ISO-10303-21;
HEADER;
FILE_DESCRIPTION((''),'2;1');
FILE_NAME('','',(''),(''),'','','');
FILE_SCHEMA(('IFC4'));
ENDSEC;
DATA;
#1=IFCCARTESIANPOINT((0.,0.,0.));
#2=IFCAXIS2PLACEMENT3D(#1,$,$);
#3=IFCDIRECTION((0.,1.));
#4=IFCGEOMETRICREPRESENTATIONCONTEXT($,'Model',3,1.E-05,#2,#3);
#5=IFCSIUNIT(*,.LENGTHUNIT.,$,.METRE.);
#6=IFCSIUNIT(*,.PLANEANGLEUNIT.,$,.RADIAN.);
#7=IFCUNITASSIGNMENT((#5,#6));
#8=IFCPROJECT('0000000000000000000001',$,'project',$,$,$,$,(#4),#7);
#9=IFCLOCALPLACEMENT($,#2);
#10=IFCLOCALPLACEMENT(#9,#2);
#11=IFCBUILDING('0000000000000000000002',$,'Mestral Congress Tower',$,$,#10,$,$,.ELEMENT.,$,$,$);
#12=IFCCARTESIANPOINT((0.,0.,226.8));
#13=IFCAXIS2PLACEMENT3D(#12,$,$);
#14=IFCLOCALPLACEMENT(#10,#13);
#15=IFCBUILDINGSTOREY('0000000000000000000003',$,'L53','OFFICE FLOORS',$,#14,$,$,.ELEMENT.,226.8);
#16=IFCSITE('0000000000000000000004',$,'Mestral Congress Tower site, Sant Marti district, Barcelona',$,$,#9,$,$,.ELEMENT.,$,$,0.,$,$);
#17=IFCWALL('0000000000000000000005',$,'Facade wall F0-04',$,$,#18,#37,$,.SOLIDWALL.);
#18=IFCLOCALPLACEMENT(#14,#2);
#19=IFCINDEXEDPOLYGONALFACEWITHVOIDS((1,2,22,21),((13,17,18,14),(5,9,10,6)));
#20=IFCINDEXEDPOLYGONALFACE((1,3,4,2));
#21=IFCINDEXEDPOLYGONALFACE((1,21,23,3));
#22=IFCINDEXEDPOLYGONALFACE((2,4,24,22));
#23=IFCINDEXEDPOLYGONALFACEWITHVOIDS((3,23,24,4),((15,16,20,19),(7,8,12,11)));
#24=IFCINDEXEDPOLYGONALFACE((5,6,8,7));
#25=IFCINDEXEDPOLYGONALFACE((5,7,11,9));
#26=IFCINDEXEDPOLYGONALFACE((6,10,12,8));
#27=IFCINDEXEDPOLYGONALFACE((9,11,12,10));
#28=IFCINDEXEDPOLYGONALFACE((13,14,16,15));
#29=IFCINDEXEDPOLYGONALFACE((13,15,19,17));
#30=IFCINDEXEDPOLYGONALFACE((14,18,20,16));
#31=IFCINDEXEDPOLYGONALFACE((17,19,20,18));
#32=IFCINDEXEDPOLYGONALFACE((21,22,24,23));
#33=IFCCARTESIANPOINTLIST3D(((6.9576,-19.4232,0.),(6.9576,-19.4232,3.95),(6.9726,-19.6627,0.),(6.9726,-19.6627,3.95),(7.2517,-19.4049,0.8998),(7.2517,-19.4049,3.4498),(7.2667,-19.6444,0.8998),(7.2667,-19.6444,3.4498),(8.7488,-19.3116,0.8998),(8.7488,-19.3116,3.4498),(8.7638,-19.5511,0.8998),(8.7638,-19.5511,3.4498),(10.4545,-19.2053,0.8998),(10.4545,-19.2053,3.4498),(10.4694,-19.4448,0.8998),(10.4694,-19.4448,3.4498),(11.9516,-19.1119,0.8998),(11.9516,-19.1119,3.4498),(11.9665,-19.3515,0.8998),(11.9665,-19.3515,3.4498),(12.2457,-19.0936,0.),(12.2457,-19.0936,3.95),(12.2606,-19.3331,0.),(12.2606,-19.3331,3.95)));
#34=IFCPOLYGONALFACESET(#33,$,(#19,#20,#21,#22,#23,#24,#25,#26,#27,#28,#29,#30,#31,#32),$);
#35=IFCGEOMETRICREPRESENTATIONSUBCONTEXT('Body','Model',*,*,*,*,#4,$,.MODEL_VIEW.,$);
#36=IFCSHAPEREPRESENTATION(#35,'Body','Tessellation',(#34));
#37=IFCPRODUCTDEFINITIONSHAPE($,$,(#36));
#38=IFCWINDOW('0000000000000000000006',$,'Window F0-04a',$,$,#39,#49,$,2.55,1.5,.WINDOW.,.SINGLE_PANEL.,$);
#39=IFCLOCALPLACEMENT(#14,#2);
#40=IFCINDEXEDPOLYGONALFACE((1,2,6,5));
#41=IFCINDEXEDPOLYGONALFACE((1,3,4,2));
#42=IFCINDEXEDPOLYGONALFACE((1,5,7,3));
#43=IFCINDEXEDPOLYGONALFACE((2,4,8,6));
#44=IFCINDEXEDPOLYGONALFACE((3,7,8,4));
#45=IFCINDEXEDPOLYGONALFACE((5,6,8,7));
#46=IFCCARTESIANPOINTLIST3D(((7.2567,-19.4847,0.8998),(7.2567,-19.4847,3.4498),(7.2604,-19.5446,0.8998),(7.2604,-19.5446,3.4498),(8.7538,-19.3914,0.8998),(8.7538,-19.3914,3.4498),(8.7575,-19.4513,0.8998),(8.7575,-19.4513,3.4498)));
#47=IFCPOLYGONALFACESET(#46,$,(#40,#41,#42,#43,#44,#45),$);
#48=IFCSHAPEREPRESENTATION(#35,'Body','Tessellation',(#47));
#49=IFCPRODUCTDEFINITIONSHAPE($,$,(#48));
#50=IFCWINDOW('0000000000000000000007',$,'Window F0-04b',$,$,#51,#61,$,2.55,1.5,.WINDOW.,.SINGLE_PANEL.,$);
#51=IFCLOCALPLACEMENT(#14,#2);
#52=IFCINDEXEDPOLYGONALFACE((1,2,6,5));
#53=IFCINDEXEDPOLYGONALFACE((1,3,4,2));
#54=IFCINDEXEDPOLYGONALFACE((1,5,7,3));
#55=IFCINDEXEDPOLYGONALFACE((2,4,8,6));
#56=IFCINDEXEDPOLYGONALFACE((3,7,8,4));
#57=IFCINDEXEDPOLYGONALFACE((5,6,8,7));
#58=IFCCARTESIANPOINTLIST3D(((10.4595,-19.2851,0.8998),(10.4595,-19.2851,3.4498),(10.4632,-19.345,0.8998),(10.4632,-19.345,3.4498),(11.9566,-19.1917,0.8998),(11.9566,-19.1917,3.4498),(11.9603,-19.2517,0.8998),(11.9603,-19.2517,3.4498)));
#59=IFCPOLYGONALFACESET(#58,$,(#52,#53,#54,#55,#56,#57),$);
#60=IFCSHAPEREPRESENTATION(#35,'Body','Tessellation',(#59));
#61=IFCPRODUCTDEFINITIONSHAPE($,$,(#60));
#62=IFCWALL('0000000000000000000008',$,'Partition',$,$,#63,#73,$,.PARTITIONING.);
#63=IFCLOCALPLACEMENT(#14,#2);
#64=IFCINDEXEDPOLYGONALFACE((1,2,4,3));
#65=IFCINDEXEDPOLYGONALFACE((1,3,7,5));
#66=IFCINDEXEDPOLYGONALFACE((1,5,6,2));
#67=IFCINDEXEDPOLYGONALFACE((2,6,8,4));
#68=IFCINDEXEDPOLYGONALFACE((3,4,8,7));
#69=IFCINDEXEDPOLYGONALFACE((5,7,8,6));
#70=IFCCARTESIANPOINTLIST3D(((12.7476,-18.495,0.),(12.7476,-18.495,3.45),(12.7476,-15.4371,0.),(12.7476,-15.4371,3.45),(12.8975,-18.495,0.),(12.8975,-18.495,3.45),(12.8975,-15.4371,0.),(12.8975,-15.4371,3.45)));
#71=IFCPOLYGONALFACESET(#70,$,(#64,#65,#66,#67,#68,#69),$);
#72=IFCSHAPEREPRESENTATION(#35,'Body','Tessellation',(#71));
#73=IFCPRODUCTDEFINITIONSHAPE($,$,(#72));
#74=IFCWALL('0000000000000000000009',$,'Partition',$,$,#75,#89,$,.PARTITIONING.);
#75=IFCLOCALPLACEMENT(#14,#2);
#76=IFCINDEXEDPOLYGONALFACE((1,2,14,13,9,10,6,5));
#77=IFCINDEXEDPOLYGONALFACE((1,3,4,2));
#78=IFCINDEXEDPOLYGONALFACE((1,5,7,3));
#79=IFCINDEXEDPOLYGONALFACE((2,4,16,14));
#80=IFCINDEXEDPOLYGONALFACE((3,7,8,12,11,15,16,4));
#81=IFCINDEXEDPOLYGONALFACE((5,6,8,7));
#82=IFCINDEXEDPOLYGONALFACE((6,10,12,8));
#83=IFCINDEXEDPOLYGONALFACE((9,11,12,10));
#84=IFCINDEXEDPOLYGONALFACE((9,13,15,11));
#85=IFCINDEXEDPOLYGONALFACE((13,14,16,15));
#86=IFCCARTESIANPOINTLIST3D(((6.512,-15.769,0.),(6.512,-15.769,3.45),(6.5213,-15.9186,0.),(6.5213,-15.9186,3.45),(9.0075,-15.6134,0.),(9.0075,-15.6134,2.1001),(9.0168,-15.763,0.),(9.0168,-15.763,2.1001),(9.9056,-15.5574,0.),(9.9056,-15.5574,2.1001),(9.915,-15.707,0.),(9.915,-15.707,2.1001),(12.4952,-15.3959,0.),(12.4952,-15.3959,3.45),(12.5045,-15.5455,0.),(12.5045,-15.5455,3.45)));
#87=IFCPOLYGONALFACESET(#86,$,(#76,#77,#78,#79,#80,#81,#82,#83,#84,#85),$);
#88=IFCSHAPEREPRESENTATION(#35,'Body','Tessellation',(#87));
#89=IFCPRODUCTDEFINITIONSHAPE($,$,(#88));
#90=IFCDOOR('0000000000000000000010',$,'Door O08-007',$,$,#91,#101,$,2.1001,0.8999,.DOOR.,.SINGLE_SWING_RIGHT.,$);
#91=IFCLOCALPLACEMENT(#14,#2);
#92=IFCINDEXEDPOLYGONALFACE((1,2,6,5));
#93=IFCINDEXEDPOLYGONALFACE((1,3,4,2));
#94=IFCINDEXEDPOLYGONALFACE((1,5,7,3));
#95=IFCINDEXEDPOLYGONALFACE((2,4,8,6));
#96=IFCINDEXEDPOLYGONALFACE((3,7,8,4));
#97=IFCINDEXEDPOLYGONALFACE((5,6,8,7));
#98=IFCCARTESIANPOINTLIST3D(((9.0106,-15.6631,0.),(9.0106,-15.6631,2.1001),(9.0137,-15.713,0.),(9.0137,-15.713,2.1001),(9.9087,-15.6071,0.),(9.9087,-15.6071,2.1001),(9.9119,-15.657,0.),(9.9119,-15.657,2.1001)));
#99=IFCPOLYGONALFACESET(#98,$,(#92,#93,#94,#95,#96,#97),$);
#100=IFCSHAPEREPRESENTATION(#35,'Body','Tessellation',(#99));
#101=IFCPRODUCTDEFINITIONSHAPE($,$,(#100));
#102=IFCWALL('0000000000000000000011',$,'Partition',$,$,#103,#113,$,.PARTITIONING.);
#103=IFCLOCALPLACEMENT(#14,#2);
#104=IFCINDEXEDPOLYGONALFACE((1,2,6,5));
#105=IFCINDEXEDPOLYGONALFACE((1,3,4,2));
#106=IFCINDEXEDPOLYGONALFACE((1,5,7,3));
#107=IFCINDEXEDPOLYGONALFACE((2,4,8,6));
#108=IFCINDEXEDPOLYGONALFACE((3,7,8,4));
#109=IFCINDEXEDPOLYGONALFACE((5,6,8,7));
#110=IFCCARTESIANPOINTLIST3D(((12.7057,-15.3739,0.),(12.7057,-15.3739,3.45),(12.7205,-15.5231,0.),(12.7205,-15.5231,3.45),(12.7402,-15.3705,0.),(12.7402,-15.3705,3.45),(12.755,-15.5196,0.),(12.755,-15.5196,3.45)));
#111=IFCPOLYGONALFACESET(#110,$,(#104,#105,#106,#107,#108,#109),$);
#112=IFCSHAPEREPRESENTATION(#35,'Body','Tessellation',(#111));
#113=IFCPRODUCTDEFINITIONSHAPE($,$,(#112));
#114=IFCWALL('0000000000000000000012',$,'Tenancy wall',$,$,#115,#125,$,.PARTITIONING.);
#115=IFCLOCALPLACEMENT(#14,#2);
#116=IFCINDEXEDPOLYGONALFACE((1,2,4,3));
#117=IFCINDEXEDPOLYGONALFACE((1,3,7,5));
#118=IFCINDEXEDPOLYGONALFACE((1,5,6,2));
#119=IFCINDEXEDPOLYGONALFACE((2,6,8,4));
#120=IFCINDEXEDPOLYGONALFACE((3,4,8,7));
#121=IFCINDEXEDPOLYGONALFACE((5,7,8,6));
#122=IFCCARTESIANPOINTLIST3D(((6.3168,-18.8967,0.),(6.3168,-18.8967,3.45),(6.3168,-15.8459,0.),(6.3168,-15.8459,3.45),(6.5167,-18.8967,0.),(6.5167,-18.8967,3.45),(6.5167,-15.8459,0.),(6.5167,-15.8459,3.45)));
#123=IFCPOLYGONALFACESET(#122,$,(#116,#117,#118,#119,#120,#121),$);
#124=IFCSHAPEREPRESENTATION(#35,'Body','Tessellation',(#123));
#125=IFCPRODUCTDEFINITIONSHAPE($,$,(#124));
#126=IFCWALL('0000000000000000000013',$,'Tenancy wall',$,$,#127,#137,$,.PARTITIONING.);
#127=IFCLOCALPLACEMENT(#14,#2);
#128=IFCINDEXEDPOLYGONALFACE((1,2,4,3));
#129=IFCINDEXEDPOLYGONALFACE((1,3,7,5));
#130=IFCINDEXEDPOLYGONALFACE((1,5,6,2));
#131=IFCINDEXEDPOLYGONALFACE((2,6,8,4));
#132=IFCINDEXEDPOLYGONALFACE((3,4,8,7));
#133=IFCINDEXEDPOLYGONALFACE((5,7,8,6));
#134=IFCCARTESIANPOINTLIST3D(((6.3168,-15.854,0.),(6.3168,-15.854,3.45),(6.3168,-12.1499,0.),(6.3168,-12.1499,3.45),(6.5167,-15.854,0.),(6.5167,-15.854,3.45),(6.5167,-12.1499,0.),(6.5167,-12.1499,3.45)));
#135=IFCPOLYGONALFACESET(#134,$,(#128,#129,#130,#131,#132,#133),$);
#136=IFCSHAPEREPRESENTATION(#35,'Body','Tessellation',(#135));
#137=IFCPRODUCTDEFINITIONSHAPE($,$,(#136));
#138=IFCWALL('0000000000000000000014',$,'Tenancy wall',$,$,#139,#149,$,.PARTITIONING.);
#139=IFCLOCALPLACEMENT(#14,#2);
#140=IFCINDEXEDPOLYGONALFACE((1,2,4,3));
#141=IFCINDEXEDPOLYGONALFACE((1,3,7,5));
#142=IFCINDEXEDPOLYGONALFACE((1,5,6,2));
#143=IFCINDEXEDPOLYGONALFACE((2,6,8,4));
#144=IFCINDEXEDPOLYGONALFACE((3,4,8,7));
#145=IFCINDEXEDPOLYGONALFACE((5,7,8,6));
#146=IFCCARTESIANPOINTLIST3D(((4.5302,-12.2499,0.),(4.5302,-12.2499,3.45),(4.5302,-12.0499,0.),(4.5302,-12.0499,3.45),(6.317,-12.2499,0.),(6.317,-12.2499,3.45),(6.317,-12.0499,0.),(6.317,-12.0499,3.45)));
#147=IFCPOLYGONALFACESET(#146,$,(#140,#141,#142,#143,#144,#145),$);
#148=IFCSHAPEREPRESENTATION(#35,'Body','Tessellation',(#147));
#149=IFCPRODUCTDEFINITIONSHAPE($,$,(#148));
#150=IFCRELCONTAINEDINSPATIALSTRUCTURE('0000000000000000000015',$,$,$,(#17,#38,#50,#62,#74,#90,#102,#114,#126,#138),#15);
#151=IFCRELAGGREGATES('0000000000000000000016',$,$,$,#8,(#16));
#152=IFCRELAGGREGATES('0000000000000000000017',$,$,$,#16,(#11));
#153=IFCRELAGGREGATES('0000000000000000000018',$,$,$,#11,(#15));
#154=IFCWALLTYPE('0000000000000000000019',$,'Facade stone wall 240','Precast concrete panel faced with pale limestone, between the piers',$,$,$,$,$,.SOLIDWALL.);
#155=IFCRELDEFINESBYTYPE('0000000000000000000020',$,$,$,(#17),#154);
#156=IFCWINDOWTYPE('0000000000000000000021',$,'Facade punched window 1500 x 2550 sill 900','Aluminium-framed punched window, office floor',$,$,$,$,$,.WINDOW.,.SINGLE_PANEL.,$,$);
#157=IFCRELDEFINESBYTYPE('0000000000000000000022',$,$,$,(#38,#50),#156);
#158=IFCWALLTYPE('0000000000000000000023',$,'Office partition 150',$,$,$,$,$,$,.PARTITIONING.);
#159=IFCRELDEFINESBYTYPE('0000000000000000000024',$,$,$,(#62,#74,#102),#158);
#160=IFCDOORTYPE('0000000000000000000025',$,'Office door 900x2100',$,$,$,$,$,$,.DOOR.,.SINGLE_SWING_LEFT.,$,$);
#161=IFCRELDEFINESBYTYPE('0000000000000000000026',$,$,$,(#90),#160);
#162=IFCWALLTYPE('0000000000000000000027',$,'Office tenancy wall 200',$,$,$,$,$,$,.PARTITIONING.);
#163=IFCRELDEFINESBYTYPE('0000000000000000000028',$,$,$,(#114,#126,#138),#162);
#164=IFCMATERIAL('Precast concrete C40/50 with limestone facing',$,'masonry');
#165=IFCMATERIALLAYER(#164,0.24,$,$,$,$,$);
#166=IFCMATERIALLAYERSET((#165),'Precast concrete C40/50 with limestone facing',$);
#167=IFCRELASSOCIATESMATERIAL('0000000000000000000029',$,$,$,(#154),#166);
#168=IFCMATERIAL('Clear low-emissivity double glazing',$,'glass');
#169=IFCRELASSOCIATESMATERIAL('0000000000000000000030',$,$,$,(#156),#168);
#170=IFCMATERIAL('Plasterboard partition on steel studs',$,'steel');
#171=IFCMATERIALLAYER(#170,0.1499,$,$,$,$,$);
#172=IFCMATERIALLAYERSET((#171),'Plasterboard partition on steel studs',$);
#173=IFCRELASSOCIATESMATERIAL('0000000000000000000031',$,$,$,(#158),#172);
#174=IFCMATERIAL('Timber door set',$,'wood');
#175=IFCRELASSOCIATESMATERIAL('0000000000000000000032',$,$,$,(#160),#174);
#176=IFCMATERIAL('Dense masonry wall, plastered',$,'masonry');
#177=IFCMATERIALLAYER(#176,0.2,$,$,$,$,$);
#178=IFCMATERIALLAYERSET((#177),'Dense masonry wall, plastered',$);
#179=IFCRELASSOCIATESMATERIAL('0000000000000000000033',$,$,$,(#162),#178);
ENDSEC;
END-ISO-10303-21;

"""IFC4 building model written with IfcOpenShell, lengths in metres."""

from ifc_helpers import new_model, si_unit, direction, frame, frame_2d, origin, place, context, subcontext, project, spatial, rectangle, extrude, material, layer, layer_set, type_object, element, fill, save


model = new_model("IFC4")

# Units and contexts
model_context = context("Model", 3, precision=1e-05, world=origin(), true_north=direction((0.0, 1.0)))
body_context = subcontext(model_context, "Body", "Model", "MODEL_VIEW")
ifc_project = project(units=[si_unit("LENGTHUNIT", "METRE"), si_unit("PLANEANGLEUNIT", "RADIAN")], contexts=[model_context])

# Site, building, storey
site_placement = place(None, origin())
site = spatial("IfcSite", under=ifc_project, at=site_placement, Name="Mestral Congress Tower site, Sant Marti district, Barcelona", CompositionType="ELEMENT", RefElevation=0.0)
building_placement = place(site_placement, origin())
building = spatial("IfcBuilding", under=site, at=building_placement, Name="Mestral Congress Tower", CompositionType="ELEMENT")
storey_placement = place(building_placement, frame((0.0, 0.0, 226.8)))
storey = spatial("IfcBuildingStorey", under=building, at=storey_placement, Name="L53", Description="OFFICE FLOORS", CompositionType="ELEMENT", Elevation=226.8)

# Wall, openings, windows
ifc_material_1 = material(Name="Precast concrete C40/50 with limestone facing", Category="masonry")
ifc_layer_1 = layer(ifc_material_1, 0.24)
ifc_layer_set_1 = layer_set([ifc_layer_1], Name="Precast concrete C40/50 with limestone facing")
wall_type_1 = type_object("IfcWallType", Name="Facade stone wall 240", Description="Precast concrete panel faced with pale limestone, between the piers", PredefinedType="SOLIDWALL", material=ifc_layer_set_1)
ifc_material_2 = material(Name="Clear low-emissivity double glazing", Category="glass")
window_type = type_object("IfcWindowType", Name="Facade punched window 1500 x 2550 sill 900", Description="Aluminium-framed punched window, office floor", PartitioningType="SINGLE_PANEL", PredefinedType="WINDOW", material=ifc_material_2)
wall_1_placement = place(storey_placement, frame((6.9651, -19.543, 0.0), z_axis=(0.0, 0.0, 1.0), x_axis=(0.998063, 0.062206, 0.0)))
wall_1 = element("IfcWall", 1, at=wall_1_placement, inside=storey, type_object=wall_type_1, Name="Facade wall F0-04", PredefinedType="SOLIDWALL", context=body_context, shape_type="SweptSolid", body=[
    extrude(rectangle(XDim=5.2983, YDim=0.24, at=frame_2d((2.6492, 0.0))), origin(), (0.0, 0.0, 1.0), 3.95),
])
opening_1_placement = place(wall_1_placement, frame((0.2947, 0.0, 0.8999)))
opening_1 = element("IfcOpeningElement", 2, at=opening_1_placement, cuts=wall_1, PredefinedType="OPENING", context=body_context, shape_type="SweptSolid", body=[
    extrude(rectangle(XDim=1.5, YDim=2.55, at=frame_2d((0.75, 1.2749))), frame((0.0, 0.1299, 0.0), z_axis=(0.0, -1.0, 0.0), x_axis=(1.0, 0.0, 0.0)), (0.0, 0.0, 1.0), 0.26),
])
opening_2_placement = place(wall_1_placement, frame((3.5037, 0.0, 0.8999)))
opening_2 = element("IfcOpeningElement", 3, at=opening_2_placement, cuts=wall_1, PredefinedType="OPENING", context=body_context, shape_type="SweptSolid", body=[
    extrude(rectangle(XDim=1.5, YDim=2.55, at=frame_2d((0.75, 1.2749))), frame((0.0, 0.1299, 0.0), z_axis=(0.0, -1.0, 0.0), x_axis=(1.0, 0.0, 0.0)), (0.0, 0.0, 1.0), 0.26),
])
window_1_placement = place(opening_1_placement, origin())
window_1 = element("IfcWindow", 4, at=window_1_placement, inside=storey, type_object=window_type, Name="Window F0-04a", OverallHeight=2.55, OverallWidth=1.5, PartitioningType="SINGLE_PANEL", PredefinedType="WINDOW", context=body_context, shape_type="SweptSolid", body=[
    extrude(rectangle(XDim=1.5, YDim=2.55, at=frame_2d((0.75, 1.2749))), frame((0.0, 0.04, 0.0), z_axis=(0.0, -1.0, 0.0), x_axis=(1.0, 0.0, 0.0)), (0.0, 0.0, 1.0), 0.0601),
])
fill(opening_1, window_1)
window_2_placement = place(opening_2_placement, origin())
window_2 = element("IfcWindow", 5, at=window_2_placement, inside=storey, type_object=window_type, Name="Window F0-04b", OverallHeight=2.55, OverallWidth=1.5, PartitioningType="SINGLE_PANEL", PredefinedType="WINDOW", context=body_context, shape_type="SweptSolid", body=[
    extrude(rectangle(XDim=1.5, YDim=2.55, at=frame_2d((0.75, 1.2749))), frame((0.0, 0.04, 0.0), z_axis=(0.0, -1.0, 0.0), x_axis=(1.0, 0.0, 0.0)), (0.0, 0.0, 1.0), 0.0601),
])
fill(opening_2, window_2)

# Wall
ifc_material_3 = material(Name="Plasterboard partition on steel studs", Category="steel")
ifc_layer_2 = layer(ifc_material_3, 0.1499)
ifc_layer_set_2 = layer_set([ifc_layer_2], Name="Plasterboard partition on steel studs")
wall_type_2 = type_object("IfcWallType", Name="Office partition 150", PredefinedType="PARTITIONING", material=ifc_layer_set_2)
wall_2_placement = place(storey_placement, frame((12.8225, -15.4373, 0.0), z_axis=(0.0, 0.0, 1.0), x_axis=(0.0, -1.0, 0.0)))
element("IfcWall", 6, at=wall_2_placement, inside=storey, type_object=wall_type_2, Name="Partition", PredefinedType="PARTITIONING", context=body_context, shape_type="SweptSolid", body=[
    extrude(rectangle(XDim=3.0579, YDim=0.1499, at=frame_2d((1.5288, 0.0))), origin(), (0.0, 0.0, 1.0), 3.45),
])

# Wall, opening, door
wall_3_placement = place(storey_placement, frame((12.5, -15.4707, 0.0), z_axis=(0.0, 0.0, 1.0), x_axis=(-0.998062, -0.062229, 0.0)))
wall_3 = element("IfcWall", 7, at=wall_3_placement, inside=storey, type_object=wall_type_2, Name="Partition", PredefinedType="PARTITIONING", context=body_context, shape_type="SweptSolid", body=[
    extrude(rectangle(XDim=5.9949, YDim=0.1499, at=frame_2d((2.9976, 0.0))), origin(), (0.0, 0.0, 1.0), 3.45),
])
opening_3_placement = place(wall_3_placement, frame((2.5947, 0.0, 0.0)))
opening_3 = element("IfcOpeningElement", 8, at=opening_3_placement, cuts=wall_3, PredefinedType="OPENING", context=body_context, shape_type="SweptSolid", body=[
    extrude(rectangle(XDim=0.8999, YDim=2.1001, at=frame_2d((0.45, 1.05))), frame((0.0, 0.085, 0.0), z_axis=(0.0, -1.0, 0.0), x_axis=(1.0, 0.0, 0.0)), (0.0, 0.0, 1.0), 0.1699),
])
ifc_material_4 = material(Name="Timber door set", Category="wood")
door_type_1 = type_object("IfcDoorType", Name="Office door 900x2100", OperationType="SINGLE_SWING_LEFT", PredefinedType="DOOR", material=ifc_material_4)
door_1_placement = place(opening_3_placement, origin())
door_1 = element("IfcDoor", 9, at=door_1_placement, inside=storey, type_object=door_type_1, Name="Door O08-007", OperationType="SINGLE_SWING_RIGHT", OverallHeight=2.1001, OverallWidth=0.8999, PredefinedType="DOOR", context=body_context, shape_type="SweptSolid", body=[
    extrude(rectangle(XDim=0.8999, YDim=2.1001, at=frame_2d((0.45, 1.05))), frame((0.0, 0.0249, 0.0), z_axis=(0.0, -1.0, 0.0), x_axis=(1.0, 0.0, 0.0)), (0.0, 0.0, 1.0), 0.05),
])
fill(opening_3, door_1)

# Walls
wall_4_placement = place(storey_placement, frame((12.7131, -15.4485, 0.0), z_axis=(0.0, 0.0, 1.0), x_axis=(0.995107, 0.098805, 0.0)))
element("IfcWall", 10, at=wall_4_placement, inside=storey, type_object=wall_type_2, Name="Partition", PredefinedType="PARTITIONING", context=body_context, shape_type="SweptSolid", body=[
    extrude(rectangle(XDim=0.0347, YDim=0.1499, at=frame_2d((0.0173, 0.0))), origin(), (0.0, 0.0, 1.0), 3.45),
])
ifc_material_5 = material(Name="Dense masonry wall, plastered", Category="masonry")
ifc_layer_3 = layer(ifc_material_5, 0.2)
ifc_layer_set_3 = layer_set([ifc_layer_3], Name="Dense masonry wall, plastered")
wall_type_3 = type_object("IfcWallType", Name="Office tenancy wall 200", PredefinedType="PARTITIONING", material=ifc_layer_set_3)
wall_5_placement = place(storey_placement, frame((6.4167, -15.8459, 0.0), z_axis=(0.0, 0.0, 1.0), x_axis=(0.0, -1.0, 0.0)))
element("IfcWall", 11, at=wall_5_placement, inside=storey, type_object=wall_type_3, Name="Tenancy wall", PredefinedType="PARTITIONING", context=body_context, shape_type="SweptSolid", body=[
    extrude(rectangle(XDim=3.0508, YDim=0.2, at=frame_2d((1.5254, 0.0))), origin(), (0.0, 0.0, 1.0), 3.45),
])
wall_6_placement = place(storey_placement, frame((6.4167, -12.1499, 0.0), z_axis=(0.0, 0.0, 1.0), x_axis=(0.0, -1.0, 0.0)))
element("IfcWall", 12, at=wall_6_placement, inside=storey, type_object=wall_type_3, Name="Tenancy wall", PredefinedType="PARTITIONING", context=body_context, shape_type="SweptSolid", body=[
    extrude(rectangle(XDim=3.7041, YDim=0.2, at=frame_2d((1.8521, 0.0))), origin(), (0.0, 0.0, 1.0), 3.45),
])
wall_7_placement = place(storey_placement, frame((4.53, -12.1499, 0.0), z_axis=(0.0, 0.0, 1.0), x_axis=(1.0, 0.0, 0.0)))
element("IfcWall", 13, at=wall_7_placement, inside=storey, type_object=wall_type_3, Name="Tenancy wall", PredefinedType="PARTITIONING", context=body_context, shape_type="SweptSolid", body=[
    extrude(rectangle(XDim=1.7869, YDim=0.2, at=frame_2d((0.8936, 0.0))), origin(), (0.0, 0.0, 1.0), 3.45),
])

save(model, "model.ifc")
